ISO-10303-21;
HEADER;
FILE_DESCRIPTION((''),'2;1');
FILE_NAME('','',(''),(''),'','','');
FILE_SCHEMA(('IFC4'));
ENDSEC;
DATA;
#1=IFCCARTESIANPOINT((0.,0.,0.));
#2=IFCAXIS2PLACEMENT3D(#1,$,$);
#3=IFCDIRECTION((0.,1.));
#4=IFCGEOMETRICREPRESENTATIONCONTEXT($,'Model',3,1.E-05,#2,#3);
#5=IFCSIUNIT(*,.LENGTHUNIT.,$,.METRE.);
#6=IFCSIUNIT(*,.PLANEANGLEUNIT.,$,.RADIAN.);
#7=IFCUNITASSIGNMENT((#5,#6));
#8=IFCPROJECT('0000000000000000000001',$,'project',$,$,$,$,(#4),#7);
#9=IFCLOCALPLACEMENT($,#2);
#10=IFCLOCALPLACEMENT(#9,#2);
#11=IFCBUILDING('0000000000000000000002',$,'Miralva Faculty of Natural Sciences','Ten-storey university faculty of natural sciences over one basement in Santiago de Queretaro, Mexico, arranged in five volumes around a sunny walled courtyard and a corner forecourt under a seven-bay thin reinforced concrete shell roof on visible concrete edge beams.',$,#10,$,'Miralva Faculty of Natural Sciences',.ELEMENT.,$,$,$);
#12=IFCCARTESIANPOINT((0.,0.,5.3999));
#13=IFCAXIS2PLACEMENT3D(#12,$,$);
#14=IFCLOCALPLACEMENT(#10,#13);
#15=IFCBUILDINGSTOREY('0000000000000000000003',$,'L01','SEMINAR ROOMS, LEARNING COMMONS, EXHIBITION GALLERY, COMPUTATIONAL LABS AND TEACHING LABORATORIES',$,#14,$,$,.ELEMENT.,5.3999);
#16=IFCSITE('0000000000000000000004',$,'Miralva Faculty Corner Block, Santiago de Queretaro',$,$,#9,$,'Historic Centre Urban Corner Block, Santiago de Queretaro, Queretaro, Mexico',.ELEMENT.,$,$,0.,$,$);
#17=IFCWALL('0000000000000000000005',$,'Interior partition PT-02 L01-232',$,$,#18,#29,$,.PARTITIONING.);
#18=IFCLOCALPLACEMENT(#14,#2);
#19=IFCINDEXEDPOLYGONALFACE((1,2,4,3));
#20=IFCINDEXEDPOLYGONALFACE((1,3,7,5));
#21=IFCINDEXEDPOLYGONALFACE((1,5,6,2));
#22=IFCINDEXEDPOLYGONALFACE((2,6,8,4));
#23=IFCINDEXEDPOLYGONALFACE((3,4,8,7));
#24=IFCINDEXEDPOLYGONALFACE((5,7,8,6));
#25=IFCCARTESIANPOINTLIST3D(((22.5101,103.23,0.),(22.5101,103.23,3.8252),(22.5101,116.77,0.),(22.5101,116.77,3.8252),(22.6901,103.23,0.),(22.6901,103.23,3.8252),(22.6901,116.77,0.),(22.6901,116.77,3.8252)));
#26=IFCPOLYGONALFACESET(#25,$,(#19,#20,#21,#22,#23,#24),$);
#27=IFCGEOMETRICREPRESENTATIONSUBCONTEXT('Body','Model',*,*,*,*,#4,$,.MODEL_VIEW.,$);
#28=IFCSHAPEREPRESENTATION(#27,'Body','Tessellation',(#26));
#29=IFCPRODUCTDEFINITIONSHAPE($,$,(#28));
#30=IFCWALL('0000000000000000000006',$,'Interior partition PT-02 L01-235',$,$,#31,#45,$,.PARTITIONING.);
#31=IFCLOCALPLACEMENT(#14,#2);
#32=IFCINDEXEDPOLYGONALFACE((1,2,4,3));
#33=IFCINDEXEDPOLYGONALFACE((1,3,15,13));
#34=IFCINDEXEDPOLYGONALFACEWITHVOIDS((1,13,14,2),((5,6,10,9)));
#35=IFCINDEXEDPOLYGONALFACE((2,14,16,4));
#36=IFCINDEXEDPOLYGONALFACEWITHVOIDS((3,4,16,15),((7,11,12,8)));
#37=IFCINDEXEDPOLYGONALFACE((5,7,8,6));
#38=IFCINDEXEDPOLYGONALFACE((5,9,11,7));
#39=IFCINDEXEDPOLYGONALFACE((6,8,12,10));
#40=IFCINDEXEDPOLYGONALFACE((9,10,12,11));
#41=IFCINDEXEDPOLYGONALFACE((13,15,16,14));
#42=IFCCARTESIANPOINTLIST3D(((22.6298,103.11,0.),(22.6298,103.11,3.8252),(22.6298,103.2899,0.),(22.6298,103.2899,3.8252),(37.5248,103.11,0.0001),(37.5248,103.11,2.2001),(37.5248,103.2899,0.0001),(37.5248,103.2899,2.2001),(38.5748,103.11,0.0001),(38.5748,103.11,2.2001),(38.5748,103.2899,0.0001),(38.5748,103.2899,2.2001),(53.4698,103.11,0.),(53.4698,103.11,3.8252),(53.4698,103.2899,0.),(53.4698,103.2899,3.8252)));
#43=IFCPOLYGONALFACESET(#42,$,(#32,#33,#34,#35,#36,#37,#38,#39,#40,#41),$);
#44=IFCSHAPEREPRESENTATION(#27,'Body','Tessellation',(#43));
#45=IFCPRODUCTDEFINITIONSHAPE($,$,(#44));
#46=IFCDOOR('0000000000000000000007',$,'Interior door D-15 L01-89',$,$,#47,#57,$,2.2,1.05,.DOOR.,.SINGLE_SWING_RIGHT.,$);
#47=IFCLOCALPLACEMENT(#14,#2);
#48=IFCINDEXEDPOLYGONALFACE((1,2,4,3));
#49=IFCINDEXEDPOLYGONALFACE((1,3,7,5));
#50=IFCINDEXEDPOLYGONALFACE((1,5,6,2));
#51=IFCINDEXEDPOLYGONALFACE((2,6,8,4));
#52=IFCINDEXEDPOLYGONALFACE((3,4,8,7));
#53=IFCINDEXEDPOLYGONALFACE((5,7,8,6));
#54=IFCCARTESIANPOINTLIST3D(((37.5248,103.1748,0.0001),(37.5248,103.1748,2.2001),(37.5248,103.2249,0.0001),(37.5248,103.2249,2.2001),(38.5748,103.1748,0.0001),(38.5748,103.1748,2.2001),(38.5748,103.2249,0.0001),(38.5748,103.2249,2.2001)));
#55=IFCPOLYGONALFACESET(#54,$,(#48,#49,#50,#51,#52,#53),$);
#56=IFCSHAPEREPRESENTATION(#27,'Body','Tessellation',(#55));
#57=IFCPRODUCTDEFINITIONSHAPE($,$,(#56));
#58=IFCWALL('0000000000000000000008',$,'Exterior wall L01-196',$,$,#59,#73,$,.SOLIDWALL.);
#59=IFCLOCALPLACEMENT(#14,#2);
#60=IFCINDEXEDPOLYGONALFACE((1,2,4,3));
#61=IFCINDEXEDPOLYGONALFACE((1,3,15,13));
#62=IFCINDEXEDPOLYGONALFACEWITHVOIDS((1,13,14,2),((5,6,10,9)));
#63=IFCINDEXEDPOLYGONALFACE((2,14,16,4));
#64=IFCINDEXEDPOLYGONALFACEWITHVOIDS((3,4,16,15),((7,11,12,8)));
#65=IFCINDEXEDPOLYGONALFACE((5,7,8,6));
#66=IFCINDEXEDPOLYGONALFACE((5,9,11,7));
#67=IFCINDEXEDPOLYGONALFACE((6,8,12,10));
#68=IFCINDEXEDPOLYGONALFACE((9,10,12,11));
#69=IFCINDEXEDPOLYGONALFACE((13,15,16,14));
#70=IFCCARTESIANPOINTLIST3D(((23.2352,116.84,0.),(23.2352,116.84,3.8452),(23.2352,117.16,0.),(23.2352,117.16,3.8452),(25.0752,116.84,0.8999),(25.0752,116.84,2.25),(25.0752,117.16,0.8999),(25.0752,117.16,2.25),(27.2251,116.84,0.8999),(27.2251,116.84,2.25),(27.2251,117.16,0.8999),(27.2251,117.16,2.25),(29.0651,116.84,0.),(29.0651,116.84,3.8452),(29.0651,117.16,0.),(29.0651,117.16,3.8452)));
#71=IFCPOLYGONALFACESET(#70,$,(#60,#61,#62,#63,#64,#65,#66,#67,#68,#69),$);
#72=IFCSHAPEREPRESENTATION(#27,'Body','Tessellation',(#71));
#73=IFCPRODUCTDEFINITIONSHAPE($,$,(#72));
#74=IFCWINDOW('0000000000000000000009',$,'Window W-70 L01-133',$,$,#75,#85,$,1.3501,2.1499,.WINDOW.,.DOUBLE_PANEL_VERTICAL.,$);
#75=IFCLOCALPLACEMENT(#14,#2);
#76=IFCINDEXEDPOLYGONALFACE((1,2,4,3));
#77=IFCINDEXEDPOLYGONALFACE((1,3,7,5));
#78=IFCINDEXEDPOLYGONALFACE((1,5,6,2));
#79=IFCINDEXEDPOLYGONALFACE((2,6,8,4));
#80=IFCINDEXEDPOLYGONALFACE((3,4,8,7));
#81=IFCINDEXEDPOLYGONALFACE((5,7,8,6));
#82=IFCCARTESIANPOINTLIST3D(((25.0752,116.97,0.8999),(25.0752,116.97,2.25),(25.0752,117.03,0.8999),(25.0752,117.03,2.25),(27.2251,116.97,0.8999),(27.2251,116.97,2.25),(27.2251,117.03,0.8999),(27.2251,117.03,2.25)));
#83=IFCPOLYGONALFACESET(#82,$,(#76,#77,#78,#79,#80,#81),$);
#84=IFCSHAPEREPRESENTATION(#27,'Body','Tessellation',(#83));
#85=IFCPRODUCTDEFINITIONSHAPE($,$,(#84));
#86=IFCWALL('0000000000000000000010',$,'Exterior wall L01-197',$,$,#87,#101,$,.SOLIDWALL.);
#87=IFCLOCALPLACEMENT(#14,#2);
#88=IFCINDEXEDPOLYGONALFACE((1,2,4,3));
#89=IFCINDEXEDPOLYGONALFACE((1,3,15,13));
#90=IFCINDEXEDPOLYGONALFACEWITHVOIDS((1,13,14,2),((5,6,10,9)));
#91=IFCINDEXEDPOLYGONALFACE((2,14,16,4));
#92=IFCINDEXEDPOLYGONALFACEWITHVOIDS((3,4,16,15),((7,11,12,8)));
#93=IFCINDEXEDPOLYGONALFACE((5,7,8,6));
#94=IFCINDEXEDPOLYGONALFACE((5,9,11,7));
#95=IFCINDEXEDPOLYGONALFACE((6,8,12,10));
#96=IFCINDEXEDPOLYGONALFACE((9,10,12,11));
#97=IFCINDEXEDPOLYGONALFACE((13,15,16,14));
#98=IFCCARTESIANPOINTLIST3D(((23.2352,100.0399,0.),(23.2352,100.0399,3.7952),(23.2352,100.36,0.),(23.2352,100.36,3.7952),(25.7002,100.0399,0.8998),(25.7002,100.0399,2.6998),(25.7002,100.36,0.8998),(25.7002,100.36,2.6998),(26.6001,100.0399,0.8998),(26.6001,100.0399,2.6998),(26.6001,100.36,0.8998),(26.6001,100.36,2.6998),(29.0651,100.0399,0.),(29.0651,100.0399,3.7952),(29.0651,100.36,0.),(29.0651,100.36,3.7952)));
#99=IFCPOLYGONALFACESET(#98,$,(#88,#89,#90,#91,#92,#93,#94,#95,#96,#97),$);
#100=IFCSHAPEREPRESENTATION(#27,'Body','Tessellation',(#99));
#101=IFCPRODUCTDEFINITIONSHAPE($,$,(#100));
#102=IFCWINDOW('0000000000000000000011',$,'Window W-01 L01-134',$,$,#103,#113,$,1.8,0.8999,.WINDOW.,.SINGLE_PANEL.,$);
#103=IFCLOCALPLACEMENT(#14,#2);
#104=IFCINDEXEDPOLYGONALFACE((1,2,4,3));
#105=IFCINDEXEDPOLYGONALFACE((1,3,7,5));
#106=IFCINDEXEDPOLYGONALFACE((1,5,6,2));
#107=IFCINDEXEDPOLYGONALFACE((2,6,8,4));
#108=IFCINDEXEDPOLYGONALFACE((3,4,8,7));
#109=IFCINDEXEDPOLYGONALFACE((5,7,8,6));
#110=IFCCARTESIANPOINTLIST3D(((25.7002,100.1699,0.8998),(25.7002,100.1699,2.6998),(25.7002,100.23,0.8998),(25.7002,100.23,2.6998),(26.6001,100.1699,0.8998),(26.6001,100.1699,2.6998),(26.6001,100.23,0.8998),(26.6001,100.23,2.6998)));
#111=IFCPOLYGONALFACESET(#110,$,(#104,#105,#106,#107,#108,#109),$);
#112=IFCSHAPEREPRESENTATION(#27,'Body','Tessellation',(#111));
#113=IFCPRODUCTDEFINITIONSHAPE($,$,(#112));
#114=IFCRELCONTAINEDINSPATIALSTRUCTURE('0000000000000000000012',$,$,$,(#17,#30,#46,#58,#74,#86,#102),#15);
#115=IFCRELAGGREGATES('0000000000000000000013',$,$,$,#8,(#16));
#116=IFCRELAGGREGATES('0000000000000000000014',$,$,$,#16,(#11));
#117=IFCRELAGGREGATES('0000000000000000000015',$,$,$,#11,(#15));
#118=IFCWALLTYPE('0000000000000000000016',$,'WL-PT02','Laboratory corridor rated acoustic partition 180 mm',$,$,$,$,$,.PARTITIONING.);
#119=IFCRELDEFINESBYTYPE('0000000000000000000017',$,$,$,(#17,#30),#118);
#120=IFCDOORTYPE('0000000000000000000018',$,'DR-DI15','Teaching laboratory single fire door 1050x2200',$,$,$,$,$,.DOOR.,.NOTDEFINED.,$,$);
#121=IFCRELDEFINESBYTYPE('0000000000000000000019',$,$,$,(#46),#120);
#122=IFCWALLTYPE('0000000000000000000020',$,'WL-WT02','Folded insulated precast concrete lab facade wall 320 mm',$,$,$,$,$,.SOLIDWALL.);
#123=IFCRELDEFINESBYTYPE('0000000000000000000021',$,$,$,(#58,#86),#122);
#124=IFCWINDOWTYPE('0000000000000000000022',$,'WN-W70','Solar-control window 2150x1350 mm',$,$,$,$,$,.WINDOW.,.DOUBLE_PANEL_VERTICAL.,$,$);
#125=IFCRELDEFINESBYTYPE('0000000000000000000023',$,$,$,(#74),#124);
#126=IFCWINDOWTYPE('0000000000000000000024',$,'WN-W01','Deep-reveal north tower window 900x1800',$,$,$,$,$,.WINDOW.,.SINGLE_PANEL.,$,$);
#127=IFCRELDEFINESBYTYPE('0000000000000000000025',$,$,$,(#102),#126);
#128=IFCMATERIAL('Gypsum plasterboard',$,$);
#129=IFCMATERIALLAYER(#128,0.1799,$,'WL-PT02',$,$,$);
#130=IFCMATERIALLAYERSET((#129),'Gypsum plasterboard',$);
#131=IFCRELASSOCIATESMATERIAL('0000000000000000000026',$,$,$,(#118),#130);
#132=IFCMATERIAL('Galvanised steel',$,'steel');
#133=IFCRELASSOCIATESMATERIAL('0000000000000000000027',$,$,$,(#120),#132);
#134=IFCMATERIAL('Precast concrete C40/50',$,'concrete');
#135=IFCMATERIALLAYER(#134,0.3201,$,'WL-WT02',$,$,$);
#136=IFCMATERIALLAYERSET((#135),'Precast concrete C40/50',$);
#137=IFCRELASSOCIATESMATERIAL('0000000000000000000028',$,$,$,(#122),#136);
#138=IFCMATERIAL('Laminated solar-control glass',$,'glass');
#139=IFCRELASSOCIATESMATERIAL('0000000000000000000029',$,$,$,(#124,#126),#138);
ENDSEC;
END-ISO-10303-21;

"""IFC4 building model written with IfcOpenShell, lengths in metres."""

from ifc_helpers import new_model, si_unit, direction, frame, frame_2d, origin, place, context, subcontext, project, spatial, rectangle, extrude, material, layer, layer_set, type_object, element, fill, save


model = new_model("IFC4")

# Units and contexts
model_context = context("Model", 3, precision=1e-05, world=origin(), true_north=direction((0.0, 1.0)))
body_context = subcontext(model_context, "Body", "Model", "MODEL_VIEW")
ifc_project = project(units=[si_unit("LENGTHUNIT", "METRE"), si_unit("PLANEANGLEUNIT", "RADIAN")], contexts=[model_context])

# Site, building, storey
site_placement = place(None, origin())
site = spatial("IfcSite", under=ifc_project, at=site_placement, Name="Miralva Faculty Corner Block, Santiago de Queretaro", LongName="Historic Centre Urban Corner Block, Santiago de Queretaro, Queretaro, Mexico", CompositionType="ELEMENT", RefElevation=0.0)
building_placement = place(site_placement, origin())
building = spatial("IfcBuilding", under=site, at=building_placement, Name="Miralva Faculty of Natural Sciences", Description="Ten-storey university faculty of natural sciences over one basement in Santiago de Queretaro, Mexico, arranged in five volumes around a sunny walled courtyard and a corner forecourt under a seven-bay thin reinforced concrete shell roof on visible concrete edge beams.", LongName="Miralva Faculty of Natural Sciences", CompositionType="ELEMENT")
storey_placement = place(building_placement, frame((0.0, 0.0, 5.3999)))
storey = spatial("IfcBuildingStorey", under=building, at=storey_placement, Name="L01", Description="SEMINAR ROOMS, LEARNING COMMONS, EXHIBITION GALLERY, COMPUTATIONAL LABS AND TEACHING LABORATORIES", CompositionType="ELEMENT", Elevation=5.3999)

# Wall
ifc_material_1 = material(Name="Gypsum plasterboard")
ifc_layer_1 = layer(ifc_material_1, 0.1799, Name="WL-PT02")
ifc_layer_set_1 = layer_set([ifc_layer_1], Name="Gypsum plasterboard")
wall_type_1 = type_object("IfcWallType", Name="WL-PT02", Description="Laboratory corridor rated acoustic partition 180 mm", PredefinedType="PARTITIONING", material=ifc_layer_set_1)
wall_1_placement = place(storey_placement, frame((22.6001, 103.23, 0.0), z_axis=(0.0, 0.0, 1.0), x_axis=(0.0, 1.0, 0.0)))
element("IfcWall", 1, at=wall_1_placement, inside=storey, type_object=wall_type_1, Name="Interior partition PT-02 L01-232", PredefinedType="PARTITIONING", context=body_context, shape_type="SweptSolid", body=[
    extrude(rectangle(XDim=13.54, YDim=0.1799, at=frame_2d((6.77, 0.0))), origin(), (0.0, 0.0, 1.0), 3.8252),
])

# Wall, opening, door
wall_2_placement = place(storey_placement, frame((22.6299, 103.2, 0.0), z_axis=(0.0, 0.0, 1.0), x_axis=(1.0, 0.0, 0.0)))
wall_2 = element("IfcWall", 2, at=wall_2_placement, inside=storey, type_object=wall_type_1, Name="Interior partition PT-02 L01-235", PredefinedType="PARTITIONING", context=body_context, shape_type="SweptSolid", body=[
    extrude(rectangle(XDim=30.8401, YDim=0.1799, at=frame_2d((15.4199, 0.0))), origin(), (0.0, 0.0, 1.0), 3.8252),
])
opening_1_placement = place(wall_2_placement, frame((14.895, 0.0, 0.0)))
opening_1 = element("IfcOpeningElement", 3, at=opening_1_placement, cuts=wall_2, PredefinedType="OPENING", context=body_context, shape_type="SweptSolid", body=[
    extrude(rectangle(XDim=1.05, YDim=2.2, at=frame_2d((0.5249, 1.1001))), frame((0.0, 0.0999, 0.0), z_axis=(0.0, -1.0, 0.0), x_axis=(1.0, 0.0, 0.0)), (0.0, 0.0, 1.0), 0.2),
])
ifc_material_2 = material(Name="Galvanised steel", Category="steel")
door_type_1 = type_object("IfcDoorType", Name="DR-DI15", Description="Teaching laboratory single fire door 1050x2200", OperationType="NOTDEFINED", PredefinedType="DOOR", material=ifc_material_2)
door_1_placement = place(opening_1_placement, origin())
door_1 = element("IfcDoor", 4, at=door_1_placement, inside=storey, type_object=door_type_1, Name="Interior door D-15 L01-89", OperationType="SINGLE_SWING_RIGHT", OverallHeight=2.2, OverallWidth=1.05, PredefinedType="DOOR", context=body_context, shape_type="SweptSolid", body=[
    extrude(rectangle(XDim=1.05, YDim=2.2, at=frame_2d((0.5249, 1.1001))), frame((0.0, 0.0249, 0.0), z_axis=(0.0, -1.0, 0.0), x_axis=(1.0, 0.0, 0.0)), (0.0, 0.0, 1.0), 0.05),
])
fill(opening_1, door_1)

# Walls, openings, windows
ifc_material_3 = material(Name="Precast concrete C40/50", Category="concrete")
ifc_layer_2 = layer(ifc_material_3, 0.3201, Name="WL-WT02")
ifc_layer_set_2 = layer_set([ifc_layer_2], Name="Precast concrete C40/50")
wall_type_2 = type_object("IfcWallType", Name="WL-WT02", Description="Folded insulated precast concrete lab facade wall 320 mm", PredefinedType="SOLIDWALL", material=ifc_layer_set_2)
wall_3_placement = place(storey_placement, frame((23.2351, 117.0, 0.0), z_axis=(0.0, 0.0, 1.0), x_axis=(1.0, 0.0, 0.0)))
wall_3 = element("IfcWall", 5, at=wall_3_placement, inside=storey, type_object=wall_type_2, Name="Exterior wall L01-196", PredefinedType="SOLIDWALL", context=body_context, shape_type="SweptSolid", body=[
    extrude(rectangle(XDim=5.8298, YDim=0.3201, at=frame_2d((2.915, 0.0))), origin(), (0.0, 0.0, 1.0), 3.8452),
])
opening_2_placement = place(wall_3_placement, frame((1.8401, 0.0, 0.8999)))
opening_2 = element("IfcOpeningElement", 6, at=opening_2_placement, cuts=wall_3, PredefinedType="OPENING", context=body_context, shape_type="SweptSolid", body=[
    extrude(rectangle(XDim=2.1499, YDim=1.3501, at=frame_2d((1.075, 0.675))), frame((0.0, 0.1699, 0.0), z_axis=(0.0, -1.0, 0.0), x_axis=(1.0, 0.0, 0.0)), (0.0, 0.0, 1.0), 0.3401),
])
ifc_material_4 = material(Name="Laminated solar-control glass", Category="glass")
window_type_1 = type_object("IfcWindowType", Name="WN-W70", Description="Solar-control window 2150x1350 mm", PartitioningType="DOUBLE_PANEL_VERTICAL", PredefinedType="WINDOW", material=ifc_material_4)
window_1_placement = place(opening_2_placement, origin())
window_1 = element("IfcWindow", 7, at=window_1_placement, inside=storey, type_object=window_type_1, Name="Window W-70 L01-133", OverallHeight=1.3501, OverallWidth=2.1499, PartitioningType="DOUBLE_PANEL_VERTICAL", PredefinedType="WINDOW", context=body_context, shape_type="SweptSolid", body=[
    extrude(rectangle(XDim=2.1499, YDim=1.3501, at=frame_2d((1.075, 0.675))), frame((0.0, 0.03, 0.0), z_axis=(0.0, -1.0, 0.0), x_axis=(1.0, 0.0, 0.0)), (0.0, 0.0, 1.0), 0.0601),
])
fill(opening_2, window_1)
wall_4_placement = place(storey_placement, frame((23.2351, 100.2, 0.0), z_axis=(0.0, 0.0, 1.0), x_axis=(1.0, 0.0, 0.0)))
wall_4 = element("IfcWall", 8, at=wall_4_placement, inside=storey, type_object=wall_type_2, Name="Exterior wall L01-197", PredefinedType="SOLIDWALL", context=body_context, shape_type="SweptSolid", body=[
    extrude(rectangle(XDim=5.8298, YDim=0.3201, at=frame_2d((2.915, 0.0))), origin(), (0.0, 0.0, 1.0), 3.7952),
])
opening_3_placement = place(wall_4_placement, frame((2.4651, 0.0, 0.8999)))
opening_3 = element("IfcOpeningElement", 9, at=opening_3_placement, cuts=wall_4, PredefinedType="OPENING", context=body_context, shape_type="SweptSolid", body=[
    extrude(rectangle(XDim=0.8999, YDim=1.8, at=frame_2d((0.45, 0.8999))), frame((0.0, 0.1699, 0.0), z_axis=(0.0, -1.0, 0.0), x_axis=(1.0, 0.0, 0.0)), (0.0, 0.0, 1.0), 0.3401),
])
window_type_2 = type_object("IfcWindowType", Name="WN-W01", Description="Deep-reveal north tower window 900x1800", PartitioningType="SINGLE_PANEL", PredefinedType="WINDOW", material=ifc_material_4)
window_2_placement = place(opening_3_placement, frame((0.8999, 0.0, 0.0), z_axis=(0.0, 0.0, 1.0), x_axis=(-1.0, 0.0, 0.0)))
window_2 = element("IfcWindow", 10, at=window_2_placement, inside=storey, type_object=window_type_2, Name="Window W-01 L01-134", OverallHeight=1.8, OverallWidth=0.8999, PartitioningType="SINGLE_PANEL", PredefinedType="WINDOW", context=body_context, shape_type="SweptSolid", body=[
    extrude(rectangle(XDim=0.8999, YDim=1.8, at=frame_2d((0.45, 0.8999))), frame((0.0, 0.03, 0.0), z_axis=(0.0, -1.0, 0.0), x_axis=(1.0, 0.0, 0.0)), (0.0, 0.0, 1.0), 0.0601),
])
fill(opening_3, window_2)

save(model, "model.ifc")
